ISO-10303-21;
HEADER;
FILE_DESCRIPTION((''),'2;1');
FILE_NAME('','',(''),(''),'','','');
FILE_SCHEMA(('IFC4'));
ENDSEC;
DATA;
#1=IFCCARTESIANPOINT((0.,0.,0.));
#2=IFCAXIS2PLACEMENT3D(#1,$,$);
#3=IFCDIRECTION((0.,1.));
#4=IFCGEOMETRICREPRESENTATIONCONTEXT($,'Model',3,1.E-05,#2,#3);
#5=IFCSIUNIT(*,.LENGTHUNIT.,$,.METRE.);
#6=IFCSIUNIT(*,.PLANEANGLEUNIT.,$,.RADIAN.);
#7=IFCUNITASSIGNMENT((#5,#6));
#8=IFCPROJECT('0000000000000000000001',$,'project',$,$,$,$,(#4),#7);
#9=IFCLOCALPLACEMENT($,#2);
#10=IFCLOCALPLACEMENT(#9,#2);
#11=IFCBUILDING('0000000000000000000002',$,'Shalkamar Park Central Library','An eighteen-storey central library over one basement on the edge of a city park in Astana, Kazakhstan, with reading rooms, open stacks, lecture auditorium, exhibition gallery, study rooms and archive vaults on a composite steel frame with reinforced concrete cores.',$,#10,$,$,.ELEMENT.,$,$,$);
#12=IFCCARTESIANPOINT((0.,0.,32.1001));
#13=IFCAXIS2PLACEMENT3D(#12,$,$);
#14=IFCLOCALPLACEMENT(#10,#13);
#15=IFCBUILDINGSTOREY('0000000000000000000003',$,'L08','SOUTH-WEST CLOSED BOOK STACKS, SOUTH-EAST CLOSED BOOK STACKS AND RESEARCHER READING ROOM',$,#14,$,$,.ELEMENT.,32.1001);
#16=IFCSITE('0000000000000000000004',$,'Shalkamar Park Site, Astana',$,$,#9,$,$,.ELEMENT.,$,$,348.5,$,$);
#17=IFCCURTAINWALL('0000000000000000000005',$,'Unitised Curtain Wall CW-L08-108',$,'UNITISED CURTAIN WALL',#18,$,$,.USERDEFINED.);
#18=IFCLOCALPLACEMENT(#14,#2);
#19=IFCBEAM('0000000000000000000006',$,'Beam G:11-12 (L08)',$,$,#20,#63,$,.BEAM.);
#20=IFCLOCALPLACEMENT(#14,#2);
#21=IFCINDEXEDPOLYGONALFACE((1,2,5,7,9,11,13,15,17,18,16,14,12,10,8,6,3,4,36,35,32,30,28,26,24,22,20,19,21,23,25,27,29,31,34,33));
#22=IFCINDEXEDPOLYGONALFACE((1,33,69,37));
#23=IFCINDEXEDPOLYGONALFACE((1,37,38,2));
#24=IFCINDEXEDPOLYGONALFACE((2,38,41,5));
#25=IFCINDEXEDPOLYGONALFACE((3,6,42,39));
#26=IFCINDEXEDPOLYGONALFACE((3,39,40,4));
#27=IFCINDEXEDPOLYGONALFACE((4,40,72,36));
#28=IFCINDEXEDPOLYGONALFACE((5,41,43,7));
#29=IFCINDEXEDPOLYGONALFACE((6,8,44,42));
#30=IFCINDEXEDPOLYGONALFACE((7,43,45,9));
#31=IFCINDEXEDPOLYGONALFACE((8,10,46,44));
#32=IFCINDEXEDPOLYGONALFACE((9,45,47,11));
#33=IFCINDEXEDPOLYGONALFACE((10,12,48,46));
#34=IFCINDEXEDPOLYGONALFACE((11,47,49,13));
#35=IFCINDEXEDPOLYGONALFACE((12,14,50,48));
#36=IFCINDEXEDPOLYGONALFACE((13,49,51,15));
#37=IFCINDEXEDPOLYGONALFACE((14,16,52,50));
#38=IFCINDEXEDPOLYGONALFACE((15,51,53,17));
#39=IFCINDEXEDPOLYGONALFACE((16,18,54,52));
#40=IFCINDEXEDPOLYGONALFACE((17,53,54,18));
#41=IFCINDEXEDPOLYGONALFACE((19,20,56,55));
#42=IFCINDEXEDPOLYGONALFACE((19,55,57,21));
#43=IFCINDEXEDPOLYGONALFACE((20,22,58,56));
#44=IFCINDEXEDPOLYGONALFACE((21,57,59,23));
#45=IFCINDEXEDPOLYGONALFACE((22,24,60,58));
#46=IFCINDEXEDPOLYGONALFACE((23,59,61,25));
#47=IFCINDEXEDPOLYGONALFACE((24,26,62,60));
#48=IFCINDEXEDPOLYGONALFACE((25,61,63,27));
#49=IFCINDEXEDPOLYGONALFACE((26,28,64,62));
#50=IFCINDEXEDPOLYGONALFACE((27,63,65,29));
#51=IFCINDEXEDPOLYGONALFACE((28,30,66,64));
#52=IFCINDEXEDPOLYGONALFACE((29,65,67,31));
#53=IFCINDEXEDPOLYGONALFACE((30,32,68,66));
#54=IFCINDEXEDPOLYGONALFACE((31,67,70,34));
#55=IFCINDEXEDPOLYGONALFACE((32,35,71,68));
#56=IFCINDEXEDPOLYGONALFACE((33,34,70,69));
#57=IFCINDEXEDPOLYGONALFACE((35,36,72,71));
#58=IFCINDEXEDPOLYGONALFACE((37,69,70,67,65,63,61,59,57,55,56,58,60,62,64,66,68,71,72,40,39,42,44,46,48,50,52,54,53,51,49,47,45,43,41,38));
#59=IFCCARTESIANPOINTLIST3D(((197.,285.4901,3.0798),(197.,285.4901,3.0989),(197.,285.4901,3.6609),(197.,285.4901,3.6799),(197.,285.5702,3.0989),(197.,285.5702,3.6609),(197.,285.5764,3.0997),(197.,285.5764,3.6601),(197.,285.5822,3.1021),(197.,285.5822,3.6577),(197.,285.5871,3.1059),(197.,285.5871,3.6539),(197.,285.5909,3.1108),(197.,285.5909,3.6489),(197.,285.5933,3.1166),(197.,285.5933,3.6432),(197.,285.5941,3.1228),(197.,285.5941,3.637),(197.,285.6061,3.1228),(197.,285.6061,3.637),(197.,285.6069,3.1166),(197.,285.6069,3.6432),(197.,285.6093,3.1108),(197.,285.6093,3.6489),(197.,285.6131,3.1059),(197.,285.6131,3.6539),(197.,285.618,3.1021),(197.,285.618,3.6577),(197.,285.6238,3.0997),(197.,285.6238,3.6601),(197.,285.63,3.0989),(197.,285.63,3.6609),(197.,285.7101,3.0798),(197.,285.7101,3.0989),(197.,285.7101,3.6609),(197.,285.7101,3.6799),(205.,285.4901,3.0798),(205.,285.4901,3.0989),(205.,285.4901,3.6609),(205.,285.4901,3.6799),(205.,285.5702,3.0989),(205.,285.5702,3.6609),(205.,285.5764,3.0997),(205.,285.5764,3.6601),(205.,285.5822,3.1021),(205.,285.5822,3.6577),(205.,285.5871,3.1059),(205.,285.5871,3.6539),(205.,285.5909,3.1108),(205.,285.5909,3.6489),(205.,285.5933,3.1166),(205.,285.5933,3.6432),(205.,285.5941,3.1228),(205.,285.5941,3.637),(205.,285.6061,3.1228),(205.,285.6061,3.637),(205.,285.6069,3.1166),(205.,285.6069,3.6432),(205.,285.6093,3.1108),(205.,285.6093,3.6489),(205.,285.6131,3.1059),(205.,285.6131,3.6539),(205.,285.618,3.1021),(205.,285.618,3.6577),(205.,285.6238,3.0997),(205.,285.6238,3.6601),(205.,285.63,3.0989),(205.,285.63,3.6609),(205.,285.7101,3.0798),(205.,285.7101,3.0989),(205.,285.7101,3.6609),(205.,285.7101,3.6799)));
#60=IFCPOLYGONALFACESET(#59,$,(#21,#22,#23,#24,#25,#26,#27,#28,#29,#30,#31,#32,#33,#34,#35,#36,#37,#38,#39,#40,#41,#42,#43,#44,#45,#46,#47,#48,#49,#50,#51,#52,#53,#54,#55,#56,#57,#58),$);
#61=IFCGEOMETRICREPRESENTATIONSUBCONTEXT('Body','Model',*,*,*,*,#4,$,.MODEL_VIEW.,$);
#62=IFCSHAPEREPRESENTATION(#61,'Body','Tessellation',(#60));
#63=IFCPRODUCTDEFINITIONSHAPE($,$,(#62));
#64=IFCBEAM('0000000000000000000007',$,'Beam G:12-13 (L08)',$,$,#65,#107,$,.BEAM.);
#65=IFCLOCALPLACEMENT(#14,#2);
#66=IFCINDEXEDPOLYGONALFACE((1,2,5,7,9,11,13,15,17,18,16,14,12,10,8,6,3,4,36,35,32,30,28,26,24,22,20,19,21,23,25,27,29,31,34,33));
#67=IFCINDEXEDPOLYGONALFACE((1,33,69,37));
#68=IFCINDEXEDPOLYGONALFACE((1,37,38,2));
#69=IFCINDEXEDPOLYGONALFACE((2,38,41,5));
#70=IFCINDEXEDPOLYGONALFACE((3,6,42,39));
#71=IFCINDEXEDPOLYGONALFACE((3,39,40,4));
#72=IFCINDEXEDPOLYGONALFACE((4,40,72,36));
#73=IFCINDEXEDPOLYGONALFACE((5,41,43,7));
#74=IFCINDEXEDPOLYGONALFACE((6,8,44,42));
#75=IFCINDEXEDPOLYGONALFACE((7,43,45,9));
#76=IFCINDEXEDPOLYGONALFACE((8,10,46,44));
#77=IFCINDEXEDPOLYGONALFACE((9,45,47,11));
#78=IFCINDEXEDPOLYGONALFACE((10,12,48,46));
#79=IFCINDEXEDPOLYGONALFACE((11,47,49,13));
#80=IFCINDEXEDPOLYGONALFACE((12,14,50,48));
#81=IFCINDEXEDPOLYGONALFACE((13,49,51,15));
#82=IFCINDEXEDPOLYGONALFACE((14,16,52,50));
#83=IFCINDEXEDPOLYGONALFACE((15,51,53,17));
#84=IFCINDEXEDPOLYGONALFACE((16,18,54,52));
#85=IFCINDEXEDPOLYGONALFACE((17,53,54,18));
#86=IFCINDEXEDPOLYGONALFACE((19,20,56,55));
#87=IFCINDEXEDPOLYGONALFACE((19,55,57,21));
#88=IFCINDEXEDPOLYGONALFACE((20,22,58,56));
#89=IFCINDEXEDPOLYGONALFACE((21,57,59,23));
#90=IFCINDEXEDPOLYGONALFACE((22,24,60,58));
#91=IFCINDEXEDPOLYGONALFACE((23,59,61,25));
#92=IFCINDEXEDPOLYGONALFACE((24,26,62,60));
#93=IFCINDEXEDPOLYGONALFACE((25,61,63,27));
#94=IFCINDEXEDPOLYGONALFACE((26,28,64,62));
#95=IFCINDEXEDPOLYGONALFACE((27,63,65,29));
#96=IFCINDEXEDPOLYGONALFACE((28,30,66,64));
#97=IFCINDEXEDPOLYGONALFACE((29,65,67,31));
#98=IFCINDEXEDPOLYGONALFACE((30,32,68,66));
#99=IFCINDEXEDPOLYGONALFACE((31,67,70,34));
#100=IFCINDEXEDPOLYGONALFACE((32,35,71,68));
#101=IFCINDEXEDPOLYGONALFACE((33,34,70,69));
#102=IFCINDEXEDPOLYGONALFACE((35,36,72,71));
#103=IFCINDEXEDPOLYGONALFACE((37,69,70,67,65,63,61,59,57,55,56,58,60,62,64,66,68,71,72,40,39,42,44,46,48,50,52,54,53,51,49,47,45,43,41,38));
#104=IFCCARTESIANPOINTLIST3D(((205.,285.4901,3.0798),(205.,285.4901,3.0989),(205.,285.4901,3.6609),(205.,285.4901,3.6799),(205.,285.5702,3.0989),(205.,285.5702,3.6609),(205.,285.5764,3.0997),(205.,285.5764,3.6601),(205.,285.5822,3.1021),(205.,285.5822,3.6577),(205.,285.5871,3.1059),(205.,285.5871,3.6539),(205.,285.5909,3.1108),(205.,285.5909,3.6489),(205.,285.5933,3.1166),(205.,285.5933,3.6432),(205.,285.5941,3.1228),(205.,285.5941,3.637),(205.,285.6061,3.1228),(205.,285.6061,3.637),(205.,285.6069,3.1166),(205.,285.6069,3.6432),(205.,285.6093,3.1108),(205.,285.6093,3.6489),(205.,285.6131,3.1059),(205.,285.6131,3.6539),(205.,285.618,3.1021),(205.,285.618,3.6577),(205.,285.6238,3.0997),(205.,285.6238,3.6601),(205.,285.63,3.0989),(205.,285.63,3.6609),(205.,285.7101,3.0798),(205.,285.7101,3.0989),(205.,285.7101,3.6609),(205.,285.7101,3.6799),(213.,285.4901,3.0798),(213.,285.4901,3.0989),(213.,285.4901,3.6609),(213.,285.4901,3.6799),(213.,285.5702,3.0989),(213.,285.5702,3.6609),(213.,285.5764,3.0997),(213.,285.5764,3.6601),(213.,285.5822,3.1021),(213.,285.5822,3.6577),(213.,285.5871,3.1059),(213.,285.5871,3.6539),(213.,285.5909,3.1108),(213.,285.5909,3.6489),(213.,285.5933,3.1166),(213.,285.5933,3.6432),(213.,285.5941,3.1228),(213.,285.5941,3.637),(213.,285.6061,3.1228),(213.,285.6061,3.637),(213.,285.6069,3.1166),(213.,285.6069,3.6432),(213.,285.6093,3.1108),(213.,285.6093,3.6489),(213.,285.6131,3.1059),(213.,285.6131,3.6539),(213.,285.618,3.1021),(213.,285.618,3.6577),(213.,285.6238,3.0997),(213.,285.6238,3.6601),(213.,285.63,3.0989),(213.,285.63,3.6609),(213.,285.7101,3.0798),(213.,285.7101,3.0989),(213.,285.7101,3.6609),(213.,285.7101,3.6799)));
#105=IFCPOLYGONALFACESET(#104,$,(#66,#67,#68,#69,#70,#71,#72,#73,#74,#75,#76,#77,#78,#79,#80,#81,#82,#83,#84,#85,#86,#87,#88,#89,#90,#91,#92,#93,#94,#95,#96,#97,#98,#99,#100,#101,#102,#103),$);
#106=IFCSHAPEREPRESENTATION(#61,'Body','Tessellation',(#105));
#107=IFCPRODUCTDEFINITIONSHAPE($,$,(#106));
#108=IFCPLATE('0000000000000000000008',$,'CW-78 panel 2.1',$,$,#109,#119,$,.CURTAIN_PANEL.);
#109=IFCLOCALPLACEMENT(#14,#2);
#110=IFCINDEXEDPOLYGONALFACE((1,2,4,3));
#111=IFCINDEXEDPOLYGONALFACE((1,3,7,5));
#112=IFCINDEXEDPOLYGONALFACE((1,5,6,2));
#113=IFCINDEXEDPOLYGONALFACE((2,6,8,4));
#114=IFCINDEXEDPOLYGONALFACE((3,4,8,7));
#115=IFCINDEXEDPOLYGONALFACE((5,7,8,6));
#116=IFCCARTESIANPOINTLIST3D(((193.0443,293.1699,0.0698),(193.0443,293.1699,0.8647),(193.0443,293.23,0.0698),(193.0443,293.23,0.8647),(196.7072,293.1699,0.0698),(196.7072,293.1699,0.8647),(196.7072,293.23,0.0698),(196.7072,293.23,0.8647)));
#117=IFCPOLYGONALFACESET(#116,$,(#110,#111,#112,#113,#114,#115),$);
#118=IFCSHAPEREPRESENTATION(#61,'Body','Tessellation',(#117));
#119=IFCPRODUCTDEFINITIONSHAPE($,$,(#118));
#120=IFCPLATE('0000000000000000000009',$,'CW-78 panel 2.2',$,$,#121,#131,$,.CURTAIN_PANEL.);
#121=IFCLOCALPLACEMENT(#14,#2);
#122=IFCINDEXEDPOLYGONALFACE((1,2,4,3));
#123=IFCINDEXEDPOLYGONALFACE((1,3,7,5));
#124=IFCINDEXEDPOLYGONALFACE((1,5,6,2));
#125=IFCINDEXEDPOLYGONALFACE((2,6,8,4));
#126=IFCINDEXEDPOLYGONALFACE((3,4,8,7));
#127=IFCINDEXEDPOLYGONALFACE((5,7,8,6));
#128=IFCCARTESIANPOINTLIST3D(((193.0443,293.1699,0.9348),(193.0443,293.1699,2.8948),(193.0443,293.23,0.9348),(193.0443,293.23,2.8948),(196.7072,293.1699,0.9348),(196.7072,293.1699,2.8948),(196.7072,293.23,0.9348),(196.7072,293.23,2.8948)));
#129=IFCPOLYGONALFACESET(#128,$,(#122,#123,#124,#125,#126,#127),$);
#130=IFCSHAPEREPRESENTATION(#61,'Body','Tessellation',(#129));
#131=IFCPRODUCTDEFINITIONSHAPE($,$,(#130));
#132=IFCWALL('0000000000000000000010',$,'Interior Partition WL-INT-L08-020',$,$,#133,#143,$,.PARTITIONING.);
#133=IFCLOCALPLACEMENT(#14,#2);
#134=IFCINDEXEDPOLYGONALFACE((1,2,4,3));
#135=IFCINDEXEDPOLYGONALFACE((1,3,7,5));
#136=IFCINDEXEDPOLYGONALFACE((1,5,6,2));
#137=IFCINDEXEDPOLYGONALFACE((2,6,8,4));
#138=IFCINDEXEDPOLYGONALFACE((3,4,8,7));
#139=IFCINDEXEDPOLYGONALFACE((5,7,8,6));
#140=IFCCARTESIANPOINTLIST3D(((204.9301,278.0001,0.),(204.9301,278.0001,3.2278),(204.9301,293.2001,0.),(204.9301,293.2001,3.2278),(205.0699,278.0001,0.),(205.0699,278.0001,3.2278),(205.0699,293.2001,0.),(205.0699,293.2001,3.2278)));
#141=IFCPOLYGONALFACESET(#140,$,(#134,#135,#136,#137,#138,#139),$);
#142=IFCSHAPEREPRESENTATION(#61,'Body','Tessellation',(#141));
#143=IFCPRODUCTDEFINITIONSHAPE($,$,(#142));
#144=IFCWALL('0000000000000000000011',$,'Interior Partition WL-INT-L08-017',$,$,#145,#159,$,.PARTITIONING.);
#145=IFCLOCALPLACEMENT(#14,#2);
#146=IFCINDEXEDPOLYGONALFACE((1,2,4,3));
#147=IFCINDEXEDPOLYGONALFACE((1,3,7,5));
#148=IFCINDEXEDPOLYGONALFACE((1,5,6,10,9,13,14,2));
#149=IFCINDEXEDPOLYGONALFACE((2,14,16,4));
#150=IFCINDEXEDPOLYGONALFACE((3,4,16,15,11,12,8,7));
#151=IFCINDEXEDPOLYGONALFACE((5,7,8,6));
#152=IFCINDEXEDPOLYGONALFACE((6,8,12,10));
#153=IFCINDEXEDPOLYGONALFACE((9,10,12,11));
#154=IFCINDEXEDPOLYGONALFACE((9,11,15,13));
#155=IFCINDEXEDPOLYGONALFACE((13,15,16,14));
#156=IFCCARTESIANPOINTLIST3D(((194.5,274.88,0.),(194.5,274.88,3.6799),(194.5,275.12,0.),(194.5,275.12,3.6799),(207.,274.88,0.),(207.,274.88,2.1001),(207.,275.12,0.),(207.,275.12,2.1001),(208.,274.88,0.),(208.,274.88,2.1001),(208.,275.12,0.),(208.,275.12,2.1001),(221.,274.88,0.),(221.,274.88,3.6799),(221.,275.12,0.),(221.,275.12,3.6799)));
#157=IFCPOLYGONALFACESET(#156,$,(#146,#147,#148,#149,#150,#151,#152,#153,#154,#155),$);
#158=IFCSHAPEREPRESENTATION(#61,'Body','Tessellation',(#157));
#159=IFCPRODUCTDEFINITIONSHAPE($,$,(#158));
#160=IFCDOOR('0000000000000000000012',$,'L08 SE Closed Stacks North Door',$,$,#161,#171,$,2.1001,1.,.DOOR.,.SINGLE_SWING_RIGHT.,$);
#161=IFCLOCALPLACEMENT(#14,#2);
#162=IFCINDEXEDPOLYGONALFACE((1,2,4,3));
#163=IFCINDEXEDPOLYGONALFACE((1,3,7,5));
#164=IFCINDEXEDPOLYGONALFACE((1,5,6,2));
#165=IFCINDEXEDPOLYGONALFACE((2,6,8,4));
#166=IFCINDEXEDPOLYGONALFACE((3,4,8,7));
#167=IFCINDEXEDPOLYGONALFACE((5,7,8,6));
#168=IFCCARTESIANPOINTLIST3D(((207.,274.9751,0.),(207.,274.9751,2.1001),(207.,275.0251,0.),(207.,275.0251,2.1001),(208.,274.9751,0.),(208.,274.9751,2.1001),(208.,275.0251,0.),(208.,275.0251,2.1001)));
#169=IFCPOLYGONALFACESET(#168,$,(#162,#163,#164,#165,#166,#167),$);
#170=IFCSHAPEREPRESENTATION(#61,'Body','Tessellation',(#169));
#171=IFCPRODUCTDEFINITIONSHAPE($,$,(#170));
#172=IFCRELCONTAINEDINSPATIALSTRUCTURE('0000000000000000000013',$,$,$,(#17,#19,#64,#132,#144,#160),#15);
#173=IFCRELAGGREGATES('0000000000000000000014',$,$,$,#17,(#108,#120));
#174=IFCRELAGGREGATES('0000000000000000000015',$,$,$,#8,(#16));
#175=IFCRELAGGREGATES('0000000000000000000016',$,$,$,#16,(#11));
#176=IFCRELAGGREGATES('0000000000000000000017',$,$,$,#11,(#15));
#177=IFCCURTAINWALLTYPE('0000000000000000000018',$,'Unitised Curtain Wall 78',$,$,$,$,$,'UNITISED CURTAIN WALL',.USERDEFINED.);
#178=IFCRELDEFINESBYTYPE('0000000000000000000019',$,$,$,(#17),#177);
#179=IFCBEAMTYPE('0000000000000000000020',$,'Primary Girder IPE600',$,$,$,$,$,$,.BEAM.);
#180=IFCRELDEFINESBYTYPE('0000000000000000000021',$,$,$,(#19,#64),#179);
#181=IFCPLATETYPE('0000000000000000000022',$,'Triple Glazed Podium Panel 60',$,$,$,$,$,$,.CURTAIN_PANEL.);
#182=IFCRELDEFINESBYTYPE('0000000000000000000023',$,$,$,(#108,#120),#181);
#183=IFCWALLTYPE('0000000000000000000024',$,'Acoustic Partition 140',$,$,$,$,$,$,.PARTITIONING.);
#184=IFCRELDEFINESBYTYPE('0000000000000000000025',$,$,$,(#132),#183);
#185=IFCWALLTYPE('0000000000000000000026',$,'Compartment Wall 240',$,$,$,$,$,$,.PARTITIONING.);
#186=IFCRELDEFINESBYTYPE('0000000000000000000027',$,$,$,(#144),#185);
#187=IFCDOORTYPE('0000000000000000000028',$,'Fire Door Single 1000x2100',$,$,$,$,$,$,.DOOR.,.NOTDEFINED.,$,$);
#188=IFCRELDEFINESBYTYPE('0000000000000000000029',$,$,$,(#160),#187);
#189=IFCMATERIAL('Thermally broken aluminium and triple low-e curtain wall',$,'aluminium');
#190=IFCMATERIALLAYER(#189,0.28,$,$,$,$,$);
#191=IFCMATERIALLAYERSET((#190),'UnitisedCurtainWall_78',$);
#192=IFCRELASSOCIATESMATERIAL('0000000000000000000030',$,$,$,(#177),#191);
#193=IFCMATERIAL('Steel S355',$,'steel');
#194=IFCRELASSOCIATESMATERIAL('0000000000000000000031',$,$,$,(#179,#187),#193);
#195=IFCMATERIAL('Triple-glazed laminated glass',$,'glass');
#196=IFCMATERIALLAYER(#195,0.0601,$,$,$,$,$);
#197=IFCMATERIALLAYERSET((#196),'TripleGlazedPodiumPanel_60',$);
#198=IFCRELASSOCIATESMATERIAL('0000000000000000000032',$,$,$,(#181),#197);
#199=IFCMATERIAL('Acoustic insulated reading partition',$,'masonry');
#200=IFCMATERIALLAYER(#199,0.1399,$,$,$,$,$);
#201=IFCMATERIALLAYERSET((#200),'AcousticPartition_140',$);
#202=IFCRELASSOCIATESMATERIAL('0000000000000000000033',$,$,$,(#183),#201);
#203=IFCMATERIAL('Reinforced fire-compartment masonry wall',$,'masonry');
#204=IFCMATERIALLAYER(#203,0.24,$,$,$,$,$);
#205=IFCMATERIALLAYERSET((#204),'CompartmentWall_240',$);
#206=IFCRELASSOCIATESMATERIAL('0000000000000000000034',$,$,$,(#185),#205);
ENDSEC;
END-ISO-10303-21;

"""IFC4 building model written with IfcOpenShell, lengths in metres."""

from ifc_helpers import new_model, si_unit, direction, frame, frame_2d, origin, origin_2d, place, context, subcontext, project, spatial, rectangle, i_section, extrude, material, layer, layer_set, material_profile, profile_set, type_object, element, fill, aggregate, save


model = new_model("IFC4")

# Units and contexts
model_context = context("Model", 3, precision=1e-05, world=origin(), true_north=direction((0.0, 1.0)))
body_context = subcontext(model_context, "Body", "Model", "MODEL_VIEW")
ifc_project = project(units=[si_unit("LENGTHUNIT", "METRE"), si_unit("PLANEANGLEUNIT", "RADIAN")], contexts=[model_context])

# Site, building, storey
site_placement = place(None, origin())
site = spatial("IfcSite", under=ifc_project, at=site_placement, Name="Shalkamar Park Site, Astana", CompositionType="ELEMENT", RefElevation=348.5)
building_placement = place(site_placement, origin())
building = spatial("IfcBuilding", under=site, at=building_placement, Name="Shalkamar Park Central Library", Description="An eighteen-storey central library over one basement on the edge of a city park in Astana, Kazakhstan, with reading rooms, open stacks, lecture auditorium, exhibition gallery, study rooms and archive vaults on a composite steel frame with reinforced concrete cores.", CompositionType="ELEMENT")
storey_placement = place(building_placement, frame((0.0, 0.0, 32.1001)))
storey = spatial("IfcBuildingStorey", under=building, at=storey_placement, Name="L08", Description="SOUTH-WEST CLOSED BOOK STACKS, SOUTH-EAST CLOSED BOOK STACKS AND RESEARCHER READING ROOM", CompositionType="ELEMENT", Elevation=32.1001)

# Shared definitions
ifc_material_1 = material(Name="Steel S355", Category="steel")

# Curtain wall
ifc_material_2 = material(Name="Thermally broken aluminium and triple low-e curtain wall", Category="aluminium")
ifc_layer_1 = layer(ifc_material_2, 0.28)
ifc_layer_set_1 = layer_set([ifc_layer_1], Name="UnitisedCurtainWall_78")
curtain_wall_type = type_object("IfcCurtainWallType", Name="Unitised Curtain Wall 78", ElementType="UNITISED CURTAIN WALL", PredefinedType="USERDEFINED", material=ifc_layer_set_1)
curtain_wall_placement = place(storey_placement, origin())
curtain_wall = element("IfcCurtainWall", 1, at=curtain_wall_placement, inside=storey, type_object=curtain_wall_type, Name="Unitised Curtain Wall CW-L08-108", ObjectType="UNITISED CURTAIN WALL", PredefinedType="USERDEFINED")

# Beams
ifc_material_profile_1 = material_profile(ifc_material_1, i_section(OverallWidth=0.22, OverallDepth=0.6001, WebThickness=0.012, FlangeThickness=0.019, FilletRadius=0.0239, at=origin_2d()), Name="IPE 600")
ifc_profile_set_1 = profile_set([ifc_material_profile_1], Name="Steel S355")
beam_type_1 = type_object("IfcBeamType", Name="Primary Girder IPE600", PredefinedType="BEAM", material=ifc_profile_set_1)
for number, where, z_axis, x_axis, name in (
    (2, (197.0, 285.6001, 3.3799), (1.0, 0.0, 0.0), (0.0, 1.0, 0.0), "Beam G:11-12 (L08)"),
    (3, (205.0, 285.6001, 3.3799), (1.0, 0.0, 0.0), (0.0, 1.0, 0.0), "Beam G:12-13 (L08)"),
):
    element("IfcBeam", number, at=place(storey_placement, frame(where, z_axis=z_axis, x_axis=x_axis)), inside=storey, type_object=beam_type_1, Name=name, PredefinedType="BEAM", context=body_context, shape_type="SweptSolid", body=[
        extrude(i_section(OverallWidth=0.22, OverallDepth=0.6001, WebThickness=0.012, FlangeThickness=0.019, FilletRadius=0.0239, at=origin_2d()), origin(), (0.0, 0.0, 1.0), 8.0),
    ])

# Plates
ifc_material_3 = material(Name="Triple-glazed laminated glass", Category="glass")
ifc_layer_2 = layer(ifc_material_3, 0.0601)
ifc_layer_set_2 = layer_set([ifc_layer_2], Name="TripleGlazedPodiumPanel_60")
plate_type = type_object("IfcPlateType", Name="Triple Glazed Podium Panel 60", PredefinedType="CURTAIN_PANEL", material=ifc_layer_set_2)
plate_1_placement = place(storey_placement, frame((194.8757, 293.2, 0.0698), z_axis=(0.0, 0.0, 1.0), x_axis=(1.0, 0.0, 0.0)))
plate_1 = element("IfcPlate", 4, at=plate_1_placement, type_object=plate_type, Name="CW-78 panel 2.1", PredefinedType="CURTAIN_PANEL", context=body_context, shape_type="SweptSolid", body=[
    extrude(rectangle(XDim=3.6628, YDim=0.0601, at=origin_2d()), origin(), (0.0, 0.0, 1.0), 0.7949),
])
plate_2_placement = place(storey_placement, frame((194.8757, 293.2, 0.9348), z_axis=(0.0, 0.0, 1.0), x_axis=(1.0, 0.0, 0.0)))
plate_2 = element("IfcPlate", 5, at=plate_2_placement, type_object=plate_type, Name="CW-78 panel 2.2", PredefinedType="CURTAIN_PANEL", context=body_context, shape_type="SweptSolid", body=[
    extrude(rectangle(XDim=3.6628, YDim=0.0601, at=origin_2d()), origin(), (0.0, 0.0, 1.0), 1.96),
])
aggregate(curtain_wall, [plate_1, plate_2])

# Wall
ifc_material_4 = material(Name="Acoustic insulated reading partition", Category="masonry")
ifc_layer_3 = layer(ifc_material_4, 0.1399)
ifc_layer_set_3 = layer_set([ifc_layer_3], Name="AcousticPartition_140")
wall_type_1 = type_object("IfcWallType", Name="Acoustic Partition 140", PredefinedType="PARTITIONING", material=ifc_layer_set_3)
wall_1_placement = place(storey_placement, frame((205.0, 278.0, 0.0), z_axis=(0.0, 0.0, 1.0), x_axis=(0.0, 1.0, 0.0)))
element("IfcWall", 6, at=wall_1_placement, inside=storey, type_object=wall_type_1, Name="Interior Partition WL-INT-L08-020", PredefinedType="PARTITIONING", context=body_context, shape_type="SweptSolid", body=[
    extrude(rectangle(XDim=15.2, YDim=0.1399, at=frame_2d((7.6001, 0.0))), origin(), (0.0, 0.0, 1.0), 3.2278),
])

# Wall, opening, door
ifc_material_5 = material(Name="Reinforced fire-compartment masonry wall", Category="masonry")
ifc_layer_4 = layer(ifc_material_5, 0.24)
ifc_layer_set_4 = layer_set([ifc_layer_4], Name="CompartmentWall_240")
wall_type_2 = type_object("IfcWallType", Name="Compartment Wall 240", PredefinedType="PARTITIONING", material=ifc_layer_set_4)
wall_2_placement = place(storey_placement, frame((194.5, 275.0, 0.0), z_axis=(0.0, 0.0, 1.0), x_axis=(1.0, 0.0, 0.0)))
wall_2 = element("IfcWall", 7, at=wall_2_placement, inside=storey, type_object=wall_type_2, Name="Interior Partition WL-INT-L08-017", PredefinedType="PARTITIONING", context=body_context, shape_type="SweptSolid", body=[
    extrude(rectangle(XDim=26.5, YDim=0.24, at=frame_2d((13.25, 0.0))), origin(), (0.0, 0.0, 1.0), 3.6799),
])
opening_placement = place(wall_2_placement, frame((12.5, 0.0, 0.0)))
opening = element("IfcOpeningElement", 8, at=opening_placement, cuts=wall_2, PredefinedType="OPENING", context=body_context, shape_type="SweptSolid", body=[
    extrude(rectangle(XDim=1.0, YDim=2.1001, at=frame_2d((0.5, 1.05))), frame((0.0, 0.1348, 0.0), z_axis=(0.0, -1.0, 0.0), x_axis=(1.0, 0.0, 0.0)), (0.0, 0.0, 1.0), 0.2698),
])
door_type = type_object("IfcDoorType", Name="Fire Door Single 1000x2100", OperationType="NOTDEFINED", PredefinedType="DOOR", material=ifc_material_1)
door_placement = place(opening_placement, frame((1.0, 0.0, 0.0), z_axis=(0.0, 0.0, 1.0), x_axis=(-1.0, 0.0, 0.0)))
door = element("IfcDoor", 9, at=door_placement, inside=storey, type_object=door_type, Name="L08 SE Closed Stacks North Door", OperationType="SINGLE_SWING_RIGHT", OverallHeight=2.1001, OverallWidth=1.0, PredefinedType="DOOR", context=body_context, shape_type="SweptSolid", body=[
    extrude(rectangle(XDim=1.0, YDim=2.1001, at=frame_2d((0.5, 1.05))), frame((0.0, 0.0249, 0.0), z_axis=(0.0, -1.0, 0.0), x_axis=(1.0, 0.0, 0.0)), (0.0, 0.0, 1.0), 0.05),
])
fill(opening, door)

save(model, "model.ifc")
